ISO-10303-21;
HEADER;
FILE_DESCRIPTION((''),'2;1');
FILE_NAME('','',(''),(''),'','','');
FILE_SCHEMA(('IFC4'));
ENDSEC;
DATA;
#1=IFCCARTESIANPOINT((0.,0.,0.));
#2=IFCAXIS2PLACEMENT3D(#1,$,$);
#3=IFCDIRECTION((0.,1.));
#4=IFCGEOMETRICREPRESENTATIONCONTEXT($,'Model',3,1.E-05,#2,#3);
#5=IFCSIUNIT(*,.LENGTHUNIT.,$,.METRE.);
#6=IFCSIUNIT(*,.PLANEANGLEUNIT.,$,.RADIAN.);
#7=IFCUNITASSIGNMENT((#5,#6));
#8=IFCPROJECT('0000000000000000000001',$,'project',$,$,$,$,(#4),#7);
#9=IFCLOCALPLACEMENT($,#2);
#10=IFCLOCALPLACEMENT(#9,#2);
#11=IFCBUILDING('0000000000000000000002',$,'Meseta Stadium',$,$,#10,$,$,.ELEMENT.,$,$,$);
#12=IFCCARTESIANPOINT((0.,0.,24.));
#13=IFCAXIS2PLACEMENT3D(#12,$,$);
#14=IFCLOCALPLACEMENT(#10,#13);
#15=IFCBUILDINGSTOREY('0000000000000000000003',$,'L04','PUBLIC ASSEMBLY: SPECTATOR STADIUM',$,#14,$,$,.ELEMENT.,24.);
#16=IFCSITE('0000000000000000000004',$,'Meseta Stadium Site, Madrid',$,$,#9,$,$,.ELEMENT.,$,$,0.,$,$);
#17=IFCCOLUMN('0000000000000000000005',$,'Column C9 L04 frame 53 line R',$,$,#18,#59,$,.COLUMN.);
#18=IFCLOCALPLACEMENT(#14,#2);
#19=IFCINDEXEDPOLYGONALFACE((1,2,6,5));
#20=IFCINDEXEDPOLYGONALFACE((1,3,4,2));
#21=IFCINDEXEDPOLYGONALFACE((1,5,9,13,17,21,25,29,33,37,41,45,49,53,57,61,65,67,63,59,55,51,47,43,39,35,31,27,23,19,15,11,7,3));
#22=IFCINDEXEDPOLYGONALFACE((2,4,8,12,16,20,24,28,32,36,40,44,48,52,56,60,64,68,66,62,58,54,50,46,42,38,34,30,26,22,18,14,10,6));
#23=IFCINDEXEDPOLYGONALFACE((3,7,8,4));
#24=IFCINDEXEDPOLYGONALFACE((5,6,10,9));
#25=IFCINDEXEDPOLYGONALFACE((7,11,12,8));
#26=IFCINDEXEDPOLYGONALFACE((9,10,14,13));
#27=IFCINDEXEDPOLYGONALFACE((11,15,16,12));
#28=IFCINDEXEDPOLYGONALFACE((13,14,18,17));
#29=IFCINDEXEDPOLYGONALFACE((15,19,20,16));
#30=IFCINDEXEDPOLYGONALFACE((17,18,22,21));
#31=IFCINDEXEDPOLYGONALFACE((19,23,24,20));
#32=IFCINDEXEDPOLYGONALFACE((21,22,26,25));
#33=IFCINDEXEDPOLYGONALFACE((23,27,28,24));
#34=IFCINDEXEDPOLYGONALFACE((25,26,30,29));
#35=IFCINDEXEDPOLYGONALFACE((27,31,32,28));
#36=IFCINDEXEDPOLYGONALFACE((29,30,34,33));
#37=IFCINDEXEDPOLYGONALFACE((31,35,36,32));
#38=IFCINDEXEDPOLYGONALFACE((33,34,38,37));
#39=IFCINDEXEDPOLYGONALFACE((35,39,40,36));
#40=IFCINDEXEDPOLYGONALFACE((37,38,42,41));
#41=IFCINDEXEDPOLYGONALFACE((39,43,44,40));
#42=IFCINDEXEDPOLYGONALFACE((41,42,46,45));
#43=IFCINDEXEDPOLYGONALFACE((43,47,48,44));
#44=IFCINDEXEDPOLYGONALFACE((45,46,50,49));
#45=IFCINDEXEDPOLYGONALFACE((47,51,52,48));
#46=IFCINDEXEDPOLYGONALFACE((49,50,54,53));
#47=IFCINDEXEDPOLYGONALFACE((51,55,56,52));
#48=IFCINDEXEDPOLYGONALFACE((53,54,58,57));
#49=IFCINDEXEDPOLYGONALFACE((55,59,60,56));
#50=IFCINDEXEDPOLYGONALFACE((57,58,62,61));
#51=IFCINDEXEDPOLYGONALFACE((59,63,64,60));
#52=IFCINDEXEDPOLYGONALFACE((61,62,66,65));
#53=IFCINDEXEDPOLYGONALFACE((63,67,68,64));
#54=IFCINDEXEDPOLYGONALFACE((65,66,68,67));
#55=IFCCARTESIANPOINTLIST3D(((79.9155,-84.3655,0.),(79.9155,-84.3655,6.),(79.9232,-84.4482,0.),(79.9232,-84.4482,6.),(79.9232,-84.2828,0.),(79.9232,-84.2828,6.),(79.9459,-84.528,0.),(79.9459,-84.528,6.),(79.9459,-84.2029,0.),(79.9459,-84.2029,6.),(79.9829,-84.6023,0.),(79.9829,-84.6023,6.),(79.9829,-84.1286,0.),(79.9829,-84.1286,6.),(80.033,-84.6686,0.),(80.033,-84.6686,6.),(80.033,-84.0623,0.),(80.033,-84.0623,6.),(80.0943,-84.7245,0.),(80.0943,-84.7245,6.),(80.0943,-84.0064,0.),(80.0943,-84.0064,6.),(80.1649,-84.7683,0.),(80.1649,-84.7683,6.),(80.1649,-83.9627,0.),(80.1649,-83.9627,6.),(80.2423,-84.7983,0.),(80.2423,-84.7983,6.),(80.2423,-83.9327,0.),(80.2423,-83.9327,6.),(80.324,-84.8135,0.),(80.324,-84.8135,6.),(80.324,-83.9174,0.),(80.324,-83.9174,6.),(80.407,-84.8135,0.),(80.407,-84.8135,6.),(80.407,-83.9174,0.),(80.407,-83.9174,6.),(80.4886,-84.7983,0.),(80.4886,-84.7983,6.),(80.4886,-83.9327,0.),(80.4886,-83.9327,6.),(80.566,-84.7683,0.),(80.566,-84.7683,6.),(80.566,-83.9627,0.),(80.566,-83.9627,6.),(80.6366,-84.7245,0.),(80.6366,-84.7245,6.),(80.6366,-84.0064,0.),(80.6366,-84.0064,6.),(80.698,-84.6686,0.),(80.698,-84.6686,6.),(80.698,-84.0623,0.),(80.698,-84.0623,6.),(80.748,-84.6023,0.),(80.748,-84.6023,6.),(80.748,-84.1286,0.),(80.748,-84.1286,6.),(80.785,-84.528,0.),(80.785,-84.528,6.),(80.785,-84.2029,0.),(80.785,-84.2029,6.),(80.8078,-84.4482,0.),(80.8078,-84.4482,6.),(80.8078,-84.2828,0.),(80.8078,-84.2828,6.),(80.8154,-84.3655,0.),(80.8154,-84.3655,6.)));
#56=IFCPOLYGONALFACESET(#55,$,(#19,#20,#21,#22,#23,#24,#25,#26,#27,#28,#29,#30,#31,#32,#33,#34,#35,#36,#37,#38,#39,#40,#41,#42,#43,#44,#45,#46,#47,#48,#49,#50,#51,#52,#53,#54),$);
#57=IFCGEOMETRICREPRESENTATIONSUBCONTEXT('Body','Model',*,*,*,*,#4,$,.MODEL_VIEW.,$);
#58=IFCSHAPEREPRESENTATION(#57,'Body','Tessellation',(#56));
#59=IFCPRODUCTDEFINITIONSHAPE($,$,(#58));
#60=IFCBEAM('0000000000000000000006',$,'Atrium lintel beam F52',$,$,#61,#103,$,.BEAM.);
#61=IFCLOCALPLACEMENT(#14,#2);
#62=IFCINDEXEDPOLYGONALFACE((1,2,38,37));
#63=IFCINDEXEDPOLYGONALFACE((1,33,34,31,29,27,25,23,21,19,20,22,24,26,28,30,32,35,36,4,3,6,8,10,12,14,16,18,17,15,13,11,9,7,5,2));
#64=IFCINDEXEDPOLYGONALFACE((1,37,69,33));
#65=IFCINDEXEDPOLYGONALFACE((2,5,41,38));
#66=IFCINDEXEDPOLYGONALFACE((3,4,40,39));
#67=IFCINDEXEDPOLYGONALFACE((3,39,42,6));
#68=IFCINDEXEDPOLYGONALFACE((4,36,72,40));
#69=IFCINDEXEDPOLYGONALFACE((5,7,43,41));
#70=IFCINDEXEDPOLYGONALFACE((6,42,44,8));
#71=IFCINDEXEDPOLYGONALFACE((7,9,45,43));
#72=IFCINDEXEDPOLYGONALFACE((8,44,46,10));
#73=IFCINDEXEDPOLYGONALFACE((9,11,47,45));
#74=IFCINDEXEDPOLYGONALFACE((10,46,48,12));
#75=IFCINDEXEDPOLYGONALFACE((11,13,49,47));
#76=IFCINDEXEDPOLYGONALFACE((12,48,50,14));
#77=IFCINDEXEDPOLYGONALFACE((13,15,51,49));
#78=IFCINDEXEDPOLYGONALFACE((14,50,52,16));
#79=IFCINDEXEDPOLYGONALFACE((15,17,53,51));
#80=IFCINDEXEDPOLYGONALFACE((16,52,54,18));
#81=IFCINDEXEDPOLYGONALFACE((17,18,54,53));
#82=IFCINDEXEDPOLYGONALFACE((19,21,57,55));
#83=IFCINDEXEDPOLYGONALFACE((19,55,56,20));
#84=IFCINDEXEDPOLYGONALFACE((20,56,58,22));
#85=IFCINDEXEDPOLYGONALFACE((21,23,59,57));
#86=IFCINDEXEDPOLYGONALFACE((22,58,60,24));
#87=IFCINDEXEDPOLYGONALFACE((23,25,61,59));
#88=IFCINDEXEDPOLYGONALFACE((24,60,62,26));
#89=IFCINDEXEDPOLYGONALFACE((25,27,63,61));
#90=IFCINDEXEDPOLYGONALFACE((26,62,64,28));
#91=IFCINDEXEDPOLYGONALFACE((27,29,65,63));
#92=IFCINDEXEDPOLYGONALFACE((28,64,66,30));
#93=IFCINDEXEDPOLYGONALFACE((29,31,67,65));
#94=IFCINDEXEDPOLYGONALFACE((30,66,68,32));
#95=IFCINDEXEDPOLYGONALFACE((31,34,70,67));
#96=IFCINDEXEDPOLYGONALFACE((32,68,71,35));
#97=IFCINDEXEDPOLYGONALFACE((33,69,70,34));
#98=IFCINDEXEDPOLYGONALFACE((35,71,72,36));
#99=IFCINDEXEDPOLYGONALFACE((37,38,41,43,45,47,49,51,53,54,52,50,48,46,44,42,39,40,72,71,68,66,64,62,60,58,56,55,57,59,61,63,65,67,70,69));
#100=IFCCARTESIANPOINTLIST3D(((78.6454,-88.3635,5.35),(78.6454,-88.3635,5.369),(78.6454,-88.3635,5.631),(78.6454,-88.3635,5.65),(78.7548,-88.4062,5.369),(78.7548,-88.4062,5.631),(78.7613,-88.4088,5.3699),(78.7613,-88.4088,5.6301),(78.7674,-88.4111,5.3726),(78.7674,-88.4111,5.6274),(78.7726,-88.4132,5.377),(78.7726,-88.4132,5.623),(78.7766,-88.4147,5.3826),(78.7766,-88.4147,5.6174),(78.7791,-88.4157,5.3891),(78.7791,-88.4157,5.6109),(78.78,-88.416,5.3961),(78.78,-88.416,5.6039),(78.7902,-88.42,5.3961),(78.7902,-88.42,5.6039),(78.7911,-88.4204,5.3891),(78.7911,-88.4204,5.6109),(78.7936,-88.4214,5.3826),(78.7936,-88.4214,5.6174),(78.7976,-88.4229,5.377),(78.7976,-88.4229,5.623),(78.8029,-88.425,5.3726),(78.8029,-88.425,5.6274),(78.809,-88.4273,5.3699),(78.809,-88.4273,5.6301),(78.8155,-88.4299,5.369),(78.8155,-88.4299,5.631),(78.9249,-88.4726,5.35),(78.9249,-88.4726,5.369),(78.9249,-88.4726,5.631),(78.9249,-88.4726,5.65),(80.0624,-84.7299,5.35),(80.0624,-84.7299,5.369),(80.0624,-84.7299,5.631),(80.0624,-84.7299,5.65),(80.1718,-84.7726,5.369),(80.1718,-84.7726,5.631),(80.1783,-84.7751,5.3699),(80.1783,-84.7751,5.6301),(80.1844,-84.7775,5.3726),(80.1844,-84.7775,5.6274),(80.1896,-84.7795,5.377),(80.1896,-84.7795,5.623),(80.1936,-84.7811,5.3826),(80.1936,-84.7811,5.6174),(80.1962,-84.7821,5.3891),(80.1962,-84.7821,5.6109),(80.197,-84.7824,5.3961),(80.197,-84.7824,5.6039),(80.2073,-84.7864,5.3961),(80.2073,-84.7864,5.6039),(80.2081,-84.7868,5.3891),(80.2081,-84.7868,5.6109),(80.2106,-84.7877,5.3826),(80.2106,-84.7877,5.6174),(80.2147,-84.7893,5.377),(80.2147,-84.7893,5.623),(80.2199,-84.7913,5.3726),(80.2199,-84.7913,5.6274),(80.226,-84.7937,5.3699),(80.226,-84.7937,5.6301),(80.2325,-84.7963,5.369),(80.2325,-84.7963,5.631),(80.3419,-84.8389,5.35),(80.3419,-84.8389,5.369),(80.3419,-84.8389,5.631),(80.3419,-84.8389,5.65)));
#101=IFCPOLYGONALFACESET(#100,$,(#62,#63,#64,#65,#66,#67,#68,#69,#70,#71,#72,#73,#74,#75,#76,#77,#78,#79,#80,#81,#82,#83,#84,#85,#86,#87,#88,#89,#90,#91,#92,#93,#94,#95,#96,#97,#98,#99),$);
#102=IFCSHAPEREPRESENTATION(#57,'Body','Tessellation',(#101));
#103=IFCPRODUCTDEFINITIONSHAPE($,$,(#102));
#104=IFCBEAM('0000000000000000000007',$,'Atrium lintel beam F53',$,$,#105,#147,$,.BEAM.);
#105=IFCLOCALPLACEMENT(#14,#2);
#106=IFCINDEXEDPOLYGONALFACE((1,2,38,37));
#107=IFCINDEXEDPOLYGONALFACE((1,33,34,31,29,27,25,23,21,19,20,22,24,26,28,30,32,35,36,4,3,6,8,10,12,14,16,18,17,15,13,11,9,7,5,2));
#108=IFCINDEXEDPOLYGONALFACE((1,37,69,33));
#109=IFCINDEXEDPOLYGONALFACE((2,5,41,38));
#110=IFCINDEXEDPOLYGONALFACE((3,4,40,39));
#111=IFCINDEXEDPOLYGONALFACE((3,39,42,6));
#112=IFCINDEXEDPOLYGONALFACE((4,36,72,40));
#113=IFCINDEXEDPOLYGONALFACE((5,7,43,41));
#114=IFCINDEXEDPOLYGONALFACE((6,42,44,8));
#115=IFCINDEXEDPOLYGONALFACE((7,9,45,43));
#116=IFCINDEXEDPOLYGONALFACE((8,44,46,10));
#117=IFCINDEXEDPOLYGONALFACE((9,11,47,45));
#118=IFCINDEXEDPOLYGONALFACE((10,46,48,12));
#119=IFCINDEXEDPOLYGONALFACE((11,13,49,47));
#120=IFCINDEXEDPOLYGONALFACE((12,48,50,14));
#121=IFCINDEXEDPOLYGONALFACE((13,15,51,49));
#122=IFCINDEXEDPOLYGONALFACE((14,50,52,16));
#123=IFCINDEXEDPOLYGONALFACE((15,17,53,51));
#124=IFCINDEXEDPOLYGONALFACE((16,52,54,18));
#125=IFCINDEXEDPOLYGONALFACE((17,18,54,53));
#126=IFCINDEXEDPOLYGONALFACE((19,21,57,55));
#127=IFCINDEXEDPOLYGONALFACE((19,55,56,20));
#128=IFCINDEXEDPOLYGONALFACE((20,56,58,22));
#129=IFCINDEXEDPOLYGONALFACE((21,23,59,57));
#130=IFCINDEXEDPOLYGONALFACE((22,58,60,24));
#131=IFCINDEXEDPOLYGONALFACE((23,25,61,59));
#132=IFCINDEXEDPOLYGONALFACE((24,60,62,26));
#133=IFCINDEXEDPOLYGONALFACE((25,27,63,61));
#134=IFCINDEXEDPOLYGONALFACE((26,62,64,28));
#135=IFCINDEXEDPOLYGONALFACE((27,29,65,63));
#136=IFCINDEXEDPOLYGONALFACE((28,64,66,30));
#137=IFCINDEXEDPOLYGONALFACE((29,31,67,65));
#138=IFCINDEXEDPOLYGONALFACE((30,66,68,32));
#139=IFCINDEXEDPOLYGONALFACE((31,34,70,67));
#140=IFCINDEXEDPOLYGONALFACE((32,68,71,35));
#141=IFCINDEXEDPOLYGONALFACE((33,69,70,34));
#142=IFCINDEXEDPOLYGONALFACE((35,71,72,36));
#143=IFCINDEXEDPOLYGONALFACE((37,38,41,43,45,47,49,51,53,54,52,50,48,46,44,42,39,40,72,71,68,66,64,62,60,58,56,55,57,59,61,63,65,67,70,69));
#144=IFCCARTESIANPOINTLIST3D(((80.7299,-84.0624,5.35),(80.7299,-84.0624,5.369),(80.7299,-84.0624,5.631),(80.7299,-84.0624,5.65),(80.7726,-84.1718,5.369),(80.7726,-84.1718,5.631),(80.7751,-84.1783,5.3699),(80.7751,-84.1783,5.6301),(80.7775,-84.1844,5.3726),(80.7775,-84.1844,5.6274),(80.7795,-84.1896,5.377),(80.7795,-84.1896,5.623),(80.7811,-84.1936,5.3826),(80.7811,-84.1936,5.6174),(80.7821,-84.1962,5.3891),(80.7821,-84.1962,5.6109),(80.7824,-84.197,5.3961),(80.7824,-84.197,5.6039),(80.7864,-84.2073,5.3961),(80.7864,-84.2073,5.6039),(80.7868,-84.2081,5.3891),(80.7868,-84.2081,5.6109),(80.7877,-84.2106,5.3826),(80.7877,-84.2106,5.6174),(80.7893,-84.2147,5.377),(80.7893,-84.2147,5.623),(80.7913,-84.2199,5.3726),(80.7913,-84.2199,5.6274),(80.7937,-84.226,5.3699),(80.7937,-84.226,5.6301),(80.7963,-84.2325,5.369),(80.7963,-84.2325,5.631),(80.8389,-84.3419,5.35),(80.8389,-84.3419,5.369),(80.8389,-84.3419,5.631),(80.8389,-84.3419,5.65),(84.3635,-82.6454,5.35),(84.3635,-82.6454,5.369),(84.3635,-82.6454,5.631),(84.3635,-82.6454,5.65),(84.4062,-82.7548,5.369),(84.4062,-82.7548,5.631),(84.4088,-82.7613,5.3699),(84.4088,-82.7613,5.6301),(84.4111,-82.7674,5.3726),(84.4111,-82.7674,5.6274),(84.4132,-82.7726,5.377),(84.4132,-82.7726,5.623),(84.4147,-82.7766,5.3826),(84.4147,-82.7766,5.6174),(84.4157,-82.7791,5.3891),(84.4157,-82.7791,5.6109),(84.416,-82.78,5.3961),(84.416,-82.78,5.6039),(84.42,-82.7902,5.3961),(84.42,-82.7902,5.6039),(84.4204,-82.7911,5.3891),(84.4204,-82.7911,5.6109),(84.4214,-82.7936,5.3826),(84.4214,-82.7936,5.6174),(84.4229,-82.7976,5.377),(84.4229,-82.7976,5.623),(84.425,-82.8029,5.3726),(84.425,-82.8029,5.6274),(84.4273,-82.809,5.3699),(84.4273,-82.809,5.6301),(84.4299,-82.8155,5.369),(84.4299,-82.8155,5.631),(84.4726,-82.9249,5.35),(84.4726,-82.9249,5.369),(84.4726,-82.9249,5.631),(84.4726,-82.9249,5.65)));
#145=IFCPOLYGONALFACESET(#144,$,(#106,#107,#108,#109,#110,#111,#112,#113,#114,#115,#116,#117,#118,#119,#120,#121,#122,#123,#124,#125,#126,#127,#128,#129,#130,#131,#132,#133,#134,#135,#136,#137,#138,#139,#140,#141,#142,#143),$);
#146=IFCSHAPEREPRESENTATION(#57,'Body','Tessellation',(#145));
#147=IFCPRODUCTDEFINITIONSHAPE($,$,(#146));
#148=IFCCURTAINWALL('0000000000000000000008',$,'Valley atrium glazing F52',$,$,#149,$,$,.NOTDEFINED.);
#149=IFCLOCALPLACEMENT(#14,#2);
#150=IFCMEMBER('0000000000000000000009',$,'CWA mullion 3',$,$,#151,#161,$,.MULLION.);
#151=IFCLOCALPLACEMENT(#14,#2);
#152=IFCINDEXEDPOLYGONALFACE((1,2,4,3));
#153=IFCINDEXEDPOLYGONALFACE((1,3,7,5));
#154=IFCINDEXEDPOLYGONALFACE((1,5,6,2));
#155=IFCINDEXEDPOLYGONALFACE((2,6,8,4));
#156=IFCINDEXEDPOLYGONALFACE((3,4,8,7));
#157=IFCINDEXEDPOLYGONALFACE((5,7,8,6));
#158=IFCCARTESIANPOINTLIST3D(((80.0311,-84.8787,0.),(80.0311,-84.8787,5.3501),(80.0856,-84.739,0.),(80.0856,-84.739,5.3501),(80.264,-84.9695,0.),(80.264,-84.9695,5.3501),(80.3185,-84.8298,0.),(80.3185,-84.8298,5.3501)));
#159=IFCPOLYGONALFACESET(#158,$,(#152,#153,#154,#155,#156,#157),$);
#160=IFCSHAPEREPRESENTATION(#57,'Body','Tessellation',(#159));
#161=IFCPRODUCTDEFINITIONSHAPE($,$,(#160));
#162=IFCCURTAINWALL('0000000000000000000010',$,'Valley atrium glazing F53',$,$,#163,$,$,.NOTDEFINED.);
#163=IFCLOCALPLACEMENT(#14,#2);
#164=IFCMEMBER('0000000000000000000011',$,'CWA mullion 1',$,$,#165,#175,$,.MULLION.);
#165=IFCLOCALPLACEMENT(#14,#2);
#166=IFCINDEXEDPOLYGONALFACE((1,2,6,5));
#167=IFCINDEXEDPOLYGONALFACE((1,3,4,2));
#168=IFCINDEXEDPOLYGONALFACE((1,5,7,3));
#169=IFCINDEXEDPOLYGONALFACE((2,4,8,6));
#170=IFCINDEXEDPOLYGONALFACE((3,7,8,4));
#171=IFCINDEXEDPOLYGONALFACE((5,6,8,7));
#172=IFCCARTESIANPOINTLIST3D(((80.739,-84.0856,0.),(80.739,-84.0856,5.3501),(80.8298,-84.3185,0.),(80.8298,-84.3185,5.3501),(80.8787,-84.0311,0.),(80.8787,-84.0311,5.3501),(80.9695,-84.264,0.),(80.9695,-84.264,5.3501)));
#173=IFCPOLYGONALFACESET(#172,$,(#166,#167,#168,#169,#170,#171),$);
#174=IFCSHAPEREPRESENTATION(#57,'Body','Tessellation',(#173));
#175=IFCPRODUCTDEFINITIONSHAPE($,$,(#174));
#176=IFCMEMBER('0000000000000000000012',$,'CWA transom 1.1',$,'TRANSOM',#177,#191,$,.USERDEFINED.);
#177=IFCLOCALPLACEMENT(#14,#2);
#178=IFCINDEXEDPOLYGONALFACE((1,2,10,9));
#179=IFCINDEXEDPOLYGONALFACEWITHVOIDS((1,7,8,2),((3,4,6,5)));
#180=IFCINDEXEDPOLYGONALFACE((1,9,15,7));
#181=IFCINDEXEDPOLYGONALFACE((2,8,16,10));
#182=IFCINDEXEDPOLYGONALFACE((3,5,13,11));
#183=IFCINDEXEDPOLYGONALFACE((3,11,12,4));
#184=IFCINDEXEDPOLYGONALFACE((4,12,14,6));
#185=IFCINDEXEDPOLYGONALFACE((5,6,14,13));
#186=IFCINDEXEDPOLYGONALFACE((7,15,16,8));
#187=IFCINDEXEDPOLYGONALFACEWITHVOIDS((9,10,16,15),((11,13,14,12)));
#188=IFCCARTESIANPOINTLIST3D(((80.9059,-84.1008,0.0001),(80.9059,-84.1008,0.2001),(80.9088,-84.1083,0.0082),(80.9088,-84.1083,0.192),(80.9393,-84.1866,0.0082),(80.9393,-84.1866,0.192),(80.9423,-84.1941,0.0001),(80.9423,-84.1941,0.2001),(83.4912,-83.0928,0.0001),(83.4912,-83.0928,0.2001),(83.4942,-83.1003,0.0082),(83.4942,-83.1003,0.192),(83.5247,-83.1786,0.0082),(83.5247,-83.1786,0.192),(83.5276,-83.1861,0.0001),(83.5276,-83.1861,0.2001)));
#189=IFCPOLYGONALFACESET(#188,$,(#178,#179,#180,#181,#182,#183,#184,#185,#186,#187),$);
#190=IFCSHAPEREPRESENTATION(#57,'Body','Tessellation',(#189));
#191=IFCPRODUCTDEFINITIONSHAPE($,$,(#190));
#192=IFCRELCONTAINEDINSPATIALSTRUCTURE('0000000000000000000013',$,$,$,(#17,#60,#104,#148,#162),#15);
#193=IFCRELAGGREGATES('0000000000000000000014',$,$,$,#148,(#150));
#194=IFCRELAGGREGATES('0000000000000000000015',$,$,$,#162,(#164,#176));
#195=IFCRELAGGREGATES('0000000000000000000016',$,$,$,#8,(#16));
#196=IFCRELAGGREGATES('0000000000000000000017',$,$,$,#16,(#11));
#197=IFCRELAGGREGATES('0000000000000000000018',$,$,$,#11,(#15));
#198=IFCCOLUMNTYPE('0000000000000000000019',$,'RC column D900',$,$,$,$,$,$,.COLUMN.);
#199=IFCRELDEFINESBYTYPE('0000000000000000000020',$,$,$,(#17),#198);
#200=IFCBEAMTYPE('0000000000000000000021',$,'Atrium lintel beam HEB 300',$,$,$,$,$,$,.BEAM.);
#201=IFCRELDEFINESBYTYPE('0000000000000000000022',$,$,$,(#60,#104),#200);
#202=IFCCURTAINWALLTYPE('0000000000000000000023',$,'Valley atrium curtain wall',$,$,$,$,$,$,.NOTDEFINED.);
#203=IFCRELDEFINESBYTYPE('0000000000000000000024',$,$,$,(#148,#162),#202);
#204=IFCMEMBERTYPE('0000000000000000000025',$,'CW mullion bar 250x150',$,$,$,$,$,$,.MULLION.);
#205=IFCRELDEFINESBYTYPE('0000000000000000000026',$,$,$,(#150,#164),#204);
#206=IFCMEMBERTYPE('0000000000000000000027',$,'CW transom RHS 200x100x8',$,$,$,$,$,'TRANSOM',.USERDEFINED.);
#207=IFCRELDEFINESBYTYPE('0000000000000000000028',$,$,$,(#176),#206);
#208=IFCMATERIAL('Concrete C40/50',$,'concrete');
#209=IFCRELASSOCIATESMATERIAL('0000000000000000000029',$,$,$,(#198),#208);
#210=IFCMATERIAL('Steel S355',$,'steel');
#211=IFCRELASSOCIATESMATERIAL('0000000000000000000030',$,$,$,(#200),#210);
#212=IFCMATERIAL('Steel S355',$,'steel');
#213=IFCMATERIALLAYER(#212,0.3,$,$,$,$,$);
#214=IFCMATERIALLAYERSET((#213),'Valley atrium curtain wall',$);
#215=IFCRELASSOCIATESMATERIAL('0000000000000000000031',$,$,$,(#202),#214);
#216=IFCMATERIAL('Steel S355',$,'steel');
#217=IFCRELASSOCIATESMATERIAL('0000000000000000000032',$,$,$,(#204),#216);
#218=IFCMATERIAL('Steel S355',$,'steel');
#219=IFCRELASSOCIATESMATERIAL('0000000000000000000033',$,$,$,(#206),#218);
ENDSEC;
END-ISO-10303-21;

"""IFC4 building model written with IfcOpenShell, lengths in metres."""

from ifc_helpers import new_model, si_unit, direction, frame, origin, origin_2d, place, context, subcontext, project, spatial, rectangle, hollow_rectangle, circle, i_section, extrude, material, layer, layer_set, material_profile, profile_set, type_object, element, aggregate, save


model = new_model("IFC4")

# Units and contexts
model_context = context("Model", 3, precision=1e-05, world=origin(), true_north=direction((0.0, 1.0)))
body_context = subcontext(model_context, "Body", "Model", "MODEL_VIEW")
ifc_project = project(units=[si_unit("LENGTHUNIT", "METRE"), si_unit("PLANEANGLEUNIT", "RADIAN")], contexts=[model_context])

# Site, building, storey
site_placement = place(None, origin())
site = spatial("IfcSite", under=ifc_project, at=site_placement, Name="Meseta Stadium Site, Madrid", CompositionType="ELEMENT", RefElevation=0.0)
building_placement = place(site_placement, origin())
building = spatial("IfcBuilding", under=site, at=building_placement, Name="Meseta Stadium", CompositionType="ELEMENT")
storey_placement = place(building_placement, frame((0.0, 0.0, 24.0)))
storey = spatial("IfcBuildingStorey", under=building, at=storey_placement, Name="L04", Description="PUBLIC ASSEMBLY: SPECTATOR STADIUM", CompositionType="ELEMENT", Elevation=24.0)

# Column
ifc_material_1 = material(Name="Concrete C40/50", Category="concrete")
ifc_material_profile_1 = material_profile(ifc_material_1, circle(Radius=0.45, at=origin_2d()), Name="RC D900")
ifc_profile_set_1 = profile_set([ifc_material_profile_1], Name="Concrete C40/50")
column_type = type_object("IfcColumnType", Name="RC column D900", PredefinedType="COLUMN", material=ifc_profile_set_1)
column_placement = place(storey_placement, frame((80.3655, -84.3655, 0.0), z_axis=(0.0, 0.0, 1.0), x_axis=(1.0, 0.0, 0.0)))
element("IfcColumn", 1, at=column_placement, inside=storey, type_object=column_type, Name="Column C9 L04 frame 53 line R", PredefinedType="COLUMN", context=body_context, shape_type="SweptSolid", body=[
    extrude(circle(Radius=0.45, at=origin_2d()), origin(), (0.0, 0.0, 1.0), 6.0),
])

# Beams
ifc_material_2 = material(Name="Steel S355", Category="steel")
ifc_material_profile_2 = material_profile(ifc_material_2, i_section(OverallWidth=0.3, OverallDepth=0.3, WebThickness=0.011, FlangeThickness=0.019, FilletRadius=0.0271, at=origin_2d()), Name="HEB 300")
ifc_profile_set_2 = profile_set([ifc_material_profile_2], Name="Steel S355")
beam_type_1 = type_object("IfcBeamType", Name="Atrium lintel beam HEB 300", PredefinedType="BEAM", material=ifc_profile_set_2)
for number, where, z_axis, x_axis, name in (
    (2, (80.2021, -84.7844, 5.5), (-0.363325, -0.931662, 0.0), (0.931662, -0.363325, 0.0), "Atrium lintel beam F52"),
    (3, (80.7844, -84.2021, 5.5), (0.931662, 0.363325, 0.0), (-0.363325, 0.931662, 0.0), "Atrium lintel beam F53"),
):
    element("IfcBeam", number, at=place(storey_placement, frame(where, z_axis=z_axis, x_axis=x_axis)), inside=storey, type_object=beam_type_1, Name=name, PredefinedType="BEAM", context=body_context, shape_type="SweptSolid", body=[
        extrude(i_section(OverallWidth=0.3, OverallDepth=0.3, WebThickness=0.011, FlangeThickness=0.019, FilletRadius=0.0271, at=origin_2d()), origin(), (0.0, 0.0, 1.0), 3.9001),
    ])

# Curtain wall, member
ifc_material_3 = material(Name="Steel S355", Category="steel")
ifc_layer_1 = layer(ifc_material_3, 0.3)
ifc_layer_set_1 = layer_set([ifc_layer_1], Name="Valley atrium curtain wall")
curtain_wall_type = type_object("IfcCurtainWallType", Name="Valley atrium curtain wall", PredefinedType="NOTDEFINED", material=ifc_layer_set_1)
curtain_wall_1_placement = place(storey_placement, origin())
curtain_wall_1 = element("IfcCurtainWall", 4, at=curtain_wall_1_placement, inside=storey, type_object=curtain_wall_type, Name="Valley atrium glazing F52", PredefinedType="NOTDEFINED")
ifc_material_4 = material(Name="Steel S355", Category="steel")
ifc_material_profile_3 = material_profile(ifc_material_4, rectangle(XDim=0.25, YDim=0.1499, at=origin_2d()), Name="CW 250x150")
ifc_profile_set_3 = profile_set([ifc_material_profile_3], Name="Steel S355")
member_type_1 = type_object("IfcMemberType", Name="CW mullion bar 250x150", PredefinedType="MULLION", material=ifc_profile_set_3)
member_1_placement = place(storey_placement, frame((80.1748, -84.8542, 0.0), z_axis=(0.0, 0.0, 1.0), x_axis=(-0.93168, 0.36328, 0.0)))
member_1 = element("IfcMember", 5, at=member_1_placement, type_object=member_type_1, Name="CWA mullion 3", PredefinedType="MULLION", context=body_context, shape_type="SweptSolid", body=[
    extrude(rectangle(XDim=0.25, YDim=0.1499, at=origin_2d()), origin(), (0.0, 0.0, 1.0), 5.3501),
])

# Curtain wall, members
curtain_wall_2_placement = place(storey_placement, origin())
curtain_wall_2 = element("IfcCurtainWall", 6, at=curtain_wall_2_placement, inside=storey, type_object=curtain_wall_type, Name="Valley atrium glazing F53", PredefinedType="NOTDEFINED")
member_2_placement = place(storey_placement, frame((80.8542, -84.1748, 0.0), z_axis=(0.0, 0.0, 1.0), x_axis=(-0.36328, 0.93168, 0.0)))
member_2 = element("IfcMember", 7, at=member_2_placement, type_object=member_type_1, Name="CWA mullion 1", PredefinedType="MULLION", context=body_context, shape_type="SweptSolid", body=[
    extrude(rectangle(XDim=0.25, YDim=0.1499, at=origin_2d()), origin(), (0.0, 0.0, 1.0), 5.3501),
])
ifc_material_5 = material(Name="Steel S355", Category="steel")
ifc_material_profile_4 = material_profile(ifc_material_5, hollow_rectangle(XDim=0.1001, YDim=0.2, WallThickness=0.0081, at=origin_2d()), Name="RHS 200x100x8")
ifc_profile_set_4 = profile_set([ifc_material_profile_4], Name="Steel S355")
member_type_2 = type_object("IfcMemberType", Name="CW transom RHS 200x100x8", ElementType="TRANSOM", PredefinedType="USERDEFINED", material=ifc_profile_set_4)
member_3_placement = place(storey_placement, frame((80.9241, -84.1475, 0.1001), z_axis=(0.931687, 0.363261, 0.0), x_axis=(-0.363261, 0.931687, 0.0)))
member_3 = element("IfcMember", 8, at=member_3_placement, type_object=member_type_2, Name="CWA transom 1.1", ObjectType="TRANSOM", PredefinedType="USERDEFINED", context=body_context, shape_type="SweptSolid", body=[
    extrude(hollow_rectangle(XDim=0.1001, YDim=0.2, WallThickness=0.0081, at=origin_2d()), origin(), (0.0, 0.0, 1.0), 2.7749),
])

aggregate(curtain_wall_1, [member_1])
aggregate(curtain_wall_2, [member_2, member_3])

save(model, "model.ifc")
